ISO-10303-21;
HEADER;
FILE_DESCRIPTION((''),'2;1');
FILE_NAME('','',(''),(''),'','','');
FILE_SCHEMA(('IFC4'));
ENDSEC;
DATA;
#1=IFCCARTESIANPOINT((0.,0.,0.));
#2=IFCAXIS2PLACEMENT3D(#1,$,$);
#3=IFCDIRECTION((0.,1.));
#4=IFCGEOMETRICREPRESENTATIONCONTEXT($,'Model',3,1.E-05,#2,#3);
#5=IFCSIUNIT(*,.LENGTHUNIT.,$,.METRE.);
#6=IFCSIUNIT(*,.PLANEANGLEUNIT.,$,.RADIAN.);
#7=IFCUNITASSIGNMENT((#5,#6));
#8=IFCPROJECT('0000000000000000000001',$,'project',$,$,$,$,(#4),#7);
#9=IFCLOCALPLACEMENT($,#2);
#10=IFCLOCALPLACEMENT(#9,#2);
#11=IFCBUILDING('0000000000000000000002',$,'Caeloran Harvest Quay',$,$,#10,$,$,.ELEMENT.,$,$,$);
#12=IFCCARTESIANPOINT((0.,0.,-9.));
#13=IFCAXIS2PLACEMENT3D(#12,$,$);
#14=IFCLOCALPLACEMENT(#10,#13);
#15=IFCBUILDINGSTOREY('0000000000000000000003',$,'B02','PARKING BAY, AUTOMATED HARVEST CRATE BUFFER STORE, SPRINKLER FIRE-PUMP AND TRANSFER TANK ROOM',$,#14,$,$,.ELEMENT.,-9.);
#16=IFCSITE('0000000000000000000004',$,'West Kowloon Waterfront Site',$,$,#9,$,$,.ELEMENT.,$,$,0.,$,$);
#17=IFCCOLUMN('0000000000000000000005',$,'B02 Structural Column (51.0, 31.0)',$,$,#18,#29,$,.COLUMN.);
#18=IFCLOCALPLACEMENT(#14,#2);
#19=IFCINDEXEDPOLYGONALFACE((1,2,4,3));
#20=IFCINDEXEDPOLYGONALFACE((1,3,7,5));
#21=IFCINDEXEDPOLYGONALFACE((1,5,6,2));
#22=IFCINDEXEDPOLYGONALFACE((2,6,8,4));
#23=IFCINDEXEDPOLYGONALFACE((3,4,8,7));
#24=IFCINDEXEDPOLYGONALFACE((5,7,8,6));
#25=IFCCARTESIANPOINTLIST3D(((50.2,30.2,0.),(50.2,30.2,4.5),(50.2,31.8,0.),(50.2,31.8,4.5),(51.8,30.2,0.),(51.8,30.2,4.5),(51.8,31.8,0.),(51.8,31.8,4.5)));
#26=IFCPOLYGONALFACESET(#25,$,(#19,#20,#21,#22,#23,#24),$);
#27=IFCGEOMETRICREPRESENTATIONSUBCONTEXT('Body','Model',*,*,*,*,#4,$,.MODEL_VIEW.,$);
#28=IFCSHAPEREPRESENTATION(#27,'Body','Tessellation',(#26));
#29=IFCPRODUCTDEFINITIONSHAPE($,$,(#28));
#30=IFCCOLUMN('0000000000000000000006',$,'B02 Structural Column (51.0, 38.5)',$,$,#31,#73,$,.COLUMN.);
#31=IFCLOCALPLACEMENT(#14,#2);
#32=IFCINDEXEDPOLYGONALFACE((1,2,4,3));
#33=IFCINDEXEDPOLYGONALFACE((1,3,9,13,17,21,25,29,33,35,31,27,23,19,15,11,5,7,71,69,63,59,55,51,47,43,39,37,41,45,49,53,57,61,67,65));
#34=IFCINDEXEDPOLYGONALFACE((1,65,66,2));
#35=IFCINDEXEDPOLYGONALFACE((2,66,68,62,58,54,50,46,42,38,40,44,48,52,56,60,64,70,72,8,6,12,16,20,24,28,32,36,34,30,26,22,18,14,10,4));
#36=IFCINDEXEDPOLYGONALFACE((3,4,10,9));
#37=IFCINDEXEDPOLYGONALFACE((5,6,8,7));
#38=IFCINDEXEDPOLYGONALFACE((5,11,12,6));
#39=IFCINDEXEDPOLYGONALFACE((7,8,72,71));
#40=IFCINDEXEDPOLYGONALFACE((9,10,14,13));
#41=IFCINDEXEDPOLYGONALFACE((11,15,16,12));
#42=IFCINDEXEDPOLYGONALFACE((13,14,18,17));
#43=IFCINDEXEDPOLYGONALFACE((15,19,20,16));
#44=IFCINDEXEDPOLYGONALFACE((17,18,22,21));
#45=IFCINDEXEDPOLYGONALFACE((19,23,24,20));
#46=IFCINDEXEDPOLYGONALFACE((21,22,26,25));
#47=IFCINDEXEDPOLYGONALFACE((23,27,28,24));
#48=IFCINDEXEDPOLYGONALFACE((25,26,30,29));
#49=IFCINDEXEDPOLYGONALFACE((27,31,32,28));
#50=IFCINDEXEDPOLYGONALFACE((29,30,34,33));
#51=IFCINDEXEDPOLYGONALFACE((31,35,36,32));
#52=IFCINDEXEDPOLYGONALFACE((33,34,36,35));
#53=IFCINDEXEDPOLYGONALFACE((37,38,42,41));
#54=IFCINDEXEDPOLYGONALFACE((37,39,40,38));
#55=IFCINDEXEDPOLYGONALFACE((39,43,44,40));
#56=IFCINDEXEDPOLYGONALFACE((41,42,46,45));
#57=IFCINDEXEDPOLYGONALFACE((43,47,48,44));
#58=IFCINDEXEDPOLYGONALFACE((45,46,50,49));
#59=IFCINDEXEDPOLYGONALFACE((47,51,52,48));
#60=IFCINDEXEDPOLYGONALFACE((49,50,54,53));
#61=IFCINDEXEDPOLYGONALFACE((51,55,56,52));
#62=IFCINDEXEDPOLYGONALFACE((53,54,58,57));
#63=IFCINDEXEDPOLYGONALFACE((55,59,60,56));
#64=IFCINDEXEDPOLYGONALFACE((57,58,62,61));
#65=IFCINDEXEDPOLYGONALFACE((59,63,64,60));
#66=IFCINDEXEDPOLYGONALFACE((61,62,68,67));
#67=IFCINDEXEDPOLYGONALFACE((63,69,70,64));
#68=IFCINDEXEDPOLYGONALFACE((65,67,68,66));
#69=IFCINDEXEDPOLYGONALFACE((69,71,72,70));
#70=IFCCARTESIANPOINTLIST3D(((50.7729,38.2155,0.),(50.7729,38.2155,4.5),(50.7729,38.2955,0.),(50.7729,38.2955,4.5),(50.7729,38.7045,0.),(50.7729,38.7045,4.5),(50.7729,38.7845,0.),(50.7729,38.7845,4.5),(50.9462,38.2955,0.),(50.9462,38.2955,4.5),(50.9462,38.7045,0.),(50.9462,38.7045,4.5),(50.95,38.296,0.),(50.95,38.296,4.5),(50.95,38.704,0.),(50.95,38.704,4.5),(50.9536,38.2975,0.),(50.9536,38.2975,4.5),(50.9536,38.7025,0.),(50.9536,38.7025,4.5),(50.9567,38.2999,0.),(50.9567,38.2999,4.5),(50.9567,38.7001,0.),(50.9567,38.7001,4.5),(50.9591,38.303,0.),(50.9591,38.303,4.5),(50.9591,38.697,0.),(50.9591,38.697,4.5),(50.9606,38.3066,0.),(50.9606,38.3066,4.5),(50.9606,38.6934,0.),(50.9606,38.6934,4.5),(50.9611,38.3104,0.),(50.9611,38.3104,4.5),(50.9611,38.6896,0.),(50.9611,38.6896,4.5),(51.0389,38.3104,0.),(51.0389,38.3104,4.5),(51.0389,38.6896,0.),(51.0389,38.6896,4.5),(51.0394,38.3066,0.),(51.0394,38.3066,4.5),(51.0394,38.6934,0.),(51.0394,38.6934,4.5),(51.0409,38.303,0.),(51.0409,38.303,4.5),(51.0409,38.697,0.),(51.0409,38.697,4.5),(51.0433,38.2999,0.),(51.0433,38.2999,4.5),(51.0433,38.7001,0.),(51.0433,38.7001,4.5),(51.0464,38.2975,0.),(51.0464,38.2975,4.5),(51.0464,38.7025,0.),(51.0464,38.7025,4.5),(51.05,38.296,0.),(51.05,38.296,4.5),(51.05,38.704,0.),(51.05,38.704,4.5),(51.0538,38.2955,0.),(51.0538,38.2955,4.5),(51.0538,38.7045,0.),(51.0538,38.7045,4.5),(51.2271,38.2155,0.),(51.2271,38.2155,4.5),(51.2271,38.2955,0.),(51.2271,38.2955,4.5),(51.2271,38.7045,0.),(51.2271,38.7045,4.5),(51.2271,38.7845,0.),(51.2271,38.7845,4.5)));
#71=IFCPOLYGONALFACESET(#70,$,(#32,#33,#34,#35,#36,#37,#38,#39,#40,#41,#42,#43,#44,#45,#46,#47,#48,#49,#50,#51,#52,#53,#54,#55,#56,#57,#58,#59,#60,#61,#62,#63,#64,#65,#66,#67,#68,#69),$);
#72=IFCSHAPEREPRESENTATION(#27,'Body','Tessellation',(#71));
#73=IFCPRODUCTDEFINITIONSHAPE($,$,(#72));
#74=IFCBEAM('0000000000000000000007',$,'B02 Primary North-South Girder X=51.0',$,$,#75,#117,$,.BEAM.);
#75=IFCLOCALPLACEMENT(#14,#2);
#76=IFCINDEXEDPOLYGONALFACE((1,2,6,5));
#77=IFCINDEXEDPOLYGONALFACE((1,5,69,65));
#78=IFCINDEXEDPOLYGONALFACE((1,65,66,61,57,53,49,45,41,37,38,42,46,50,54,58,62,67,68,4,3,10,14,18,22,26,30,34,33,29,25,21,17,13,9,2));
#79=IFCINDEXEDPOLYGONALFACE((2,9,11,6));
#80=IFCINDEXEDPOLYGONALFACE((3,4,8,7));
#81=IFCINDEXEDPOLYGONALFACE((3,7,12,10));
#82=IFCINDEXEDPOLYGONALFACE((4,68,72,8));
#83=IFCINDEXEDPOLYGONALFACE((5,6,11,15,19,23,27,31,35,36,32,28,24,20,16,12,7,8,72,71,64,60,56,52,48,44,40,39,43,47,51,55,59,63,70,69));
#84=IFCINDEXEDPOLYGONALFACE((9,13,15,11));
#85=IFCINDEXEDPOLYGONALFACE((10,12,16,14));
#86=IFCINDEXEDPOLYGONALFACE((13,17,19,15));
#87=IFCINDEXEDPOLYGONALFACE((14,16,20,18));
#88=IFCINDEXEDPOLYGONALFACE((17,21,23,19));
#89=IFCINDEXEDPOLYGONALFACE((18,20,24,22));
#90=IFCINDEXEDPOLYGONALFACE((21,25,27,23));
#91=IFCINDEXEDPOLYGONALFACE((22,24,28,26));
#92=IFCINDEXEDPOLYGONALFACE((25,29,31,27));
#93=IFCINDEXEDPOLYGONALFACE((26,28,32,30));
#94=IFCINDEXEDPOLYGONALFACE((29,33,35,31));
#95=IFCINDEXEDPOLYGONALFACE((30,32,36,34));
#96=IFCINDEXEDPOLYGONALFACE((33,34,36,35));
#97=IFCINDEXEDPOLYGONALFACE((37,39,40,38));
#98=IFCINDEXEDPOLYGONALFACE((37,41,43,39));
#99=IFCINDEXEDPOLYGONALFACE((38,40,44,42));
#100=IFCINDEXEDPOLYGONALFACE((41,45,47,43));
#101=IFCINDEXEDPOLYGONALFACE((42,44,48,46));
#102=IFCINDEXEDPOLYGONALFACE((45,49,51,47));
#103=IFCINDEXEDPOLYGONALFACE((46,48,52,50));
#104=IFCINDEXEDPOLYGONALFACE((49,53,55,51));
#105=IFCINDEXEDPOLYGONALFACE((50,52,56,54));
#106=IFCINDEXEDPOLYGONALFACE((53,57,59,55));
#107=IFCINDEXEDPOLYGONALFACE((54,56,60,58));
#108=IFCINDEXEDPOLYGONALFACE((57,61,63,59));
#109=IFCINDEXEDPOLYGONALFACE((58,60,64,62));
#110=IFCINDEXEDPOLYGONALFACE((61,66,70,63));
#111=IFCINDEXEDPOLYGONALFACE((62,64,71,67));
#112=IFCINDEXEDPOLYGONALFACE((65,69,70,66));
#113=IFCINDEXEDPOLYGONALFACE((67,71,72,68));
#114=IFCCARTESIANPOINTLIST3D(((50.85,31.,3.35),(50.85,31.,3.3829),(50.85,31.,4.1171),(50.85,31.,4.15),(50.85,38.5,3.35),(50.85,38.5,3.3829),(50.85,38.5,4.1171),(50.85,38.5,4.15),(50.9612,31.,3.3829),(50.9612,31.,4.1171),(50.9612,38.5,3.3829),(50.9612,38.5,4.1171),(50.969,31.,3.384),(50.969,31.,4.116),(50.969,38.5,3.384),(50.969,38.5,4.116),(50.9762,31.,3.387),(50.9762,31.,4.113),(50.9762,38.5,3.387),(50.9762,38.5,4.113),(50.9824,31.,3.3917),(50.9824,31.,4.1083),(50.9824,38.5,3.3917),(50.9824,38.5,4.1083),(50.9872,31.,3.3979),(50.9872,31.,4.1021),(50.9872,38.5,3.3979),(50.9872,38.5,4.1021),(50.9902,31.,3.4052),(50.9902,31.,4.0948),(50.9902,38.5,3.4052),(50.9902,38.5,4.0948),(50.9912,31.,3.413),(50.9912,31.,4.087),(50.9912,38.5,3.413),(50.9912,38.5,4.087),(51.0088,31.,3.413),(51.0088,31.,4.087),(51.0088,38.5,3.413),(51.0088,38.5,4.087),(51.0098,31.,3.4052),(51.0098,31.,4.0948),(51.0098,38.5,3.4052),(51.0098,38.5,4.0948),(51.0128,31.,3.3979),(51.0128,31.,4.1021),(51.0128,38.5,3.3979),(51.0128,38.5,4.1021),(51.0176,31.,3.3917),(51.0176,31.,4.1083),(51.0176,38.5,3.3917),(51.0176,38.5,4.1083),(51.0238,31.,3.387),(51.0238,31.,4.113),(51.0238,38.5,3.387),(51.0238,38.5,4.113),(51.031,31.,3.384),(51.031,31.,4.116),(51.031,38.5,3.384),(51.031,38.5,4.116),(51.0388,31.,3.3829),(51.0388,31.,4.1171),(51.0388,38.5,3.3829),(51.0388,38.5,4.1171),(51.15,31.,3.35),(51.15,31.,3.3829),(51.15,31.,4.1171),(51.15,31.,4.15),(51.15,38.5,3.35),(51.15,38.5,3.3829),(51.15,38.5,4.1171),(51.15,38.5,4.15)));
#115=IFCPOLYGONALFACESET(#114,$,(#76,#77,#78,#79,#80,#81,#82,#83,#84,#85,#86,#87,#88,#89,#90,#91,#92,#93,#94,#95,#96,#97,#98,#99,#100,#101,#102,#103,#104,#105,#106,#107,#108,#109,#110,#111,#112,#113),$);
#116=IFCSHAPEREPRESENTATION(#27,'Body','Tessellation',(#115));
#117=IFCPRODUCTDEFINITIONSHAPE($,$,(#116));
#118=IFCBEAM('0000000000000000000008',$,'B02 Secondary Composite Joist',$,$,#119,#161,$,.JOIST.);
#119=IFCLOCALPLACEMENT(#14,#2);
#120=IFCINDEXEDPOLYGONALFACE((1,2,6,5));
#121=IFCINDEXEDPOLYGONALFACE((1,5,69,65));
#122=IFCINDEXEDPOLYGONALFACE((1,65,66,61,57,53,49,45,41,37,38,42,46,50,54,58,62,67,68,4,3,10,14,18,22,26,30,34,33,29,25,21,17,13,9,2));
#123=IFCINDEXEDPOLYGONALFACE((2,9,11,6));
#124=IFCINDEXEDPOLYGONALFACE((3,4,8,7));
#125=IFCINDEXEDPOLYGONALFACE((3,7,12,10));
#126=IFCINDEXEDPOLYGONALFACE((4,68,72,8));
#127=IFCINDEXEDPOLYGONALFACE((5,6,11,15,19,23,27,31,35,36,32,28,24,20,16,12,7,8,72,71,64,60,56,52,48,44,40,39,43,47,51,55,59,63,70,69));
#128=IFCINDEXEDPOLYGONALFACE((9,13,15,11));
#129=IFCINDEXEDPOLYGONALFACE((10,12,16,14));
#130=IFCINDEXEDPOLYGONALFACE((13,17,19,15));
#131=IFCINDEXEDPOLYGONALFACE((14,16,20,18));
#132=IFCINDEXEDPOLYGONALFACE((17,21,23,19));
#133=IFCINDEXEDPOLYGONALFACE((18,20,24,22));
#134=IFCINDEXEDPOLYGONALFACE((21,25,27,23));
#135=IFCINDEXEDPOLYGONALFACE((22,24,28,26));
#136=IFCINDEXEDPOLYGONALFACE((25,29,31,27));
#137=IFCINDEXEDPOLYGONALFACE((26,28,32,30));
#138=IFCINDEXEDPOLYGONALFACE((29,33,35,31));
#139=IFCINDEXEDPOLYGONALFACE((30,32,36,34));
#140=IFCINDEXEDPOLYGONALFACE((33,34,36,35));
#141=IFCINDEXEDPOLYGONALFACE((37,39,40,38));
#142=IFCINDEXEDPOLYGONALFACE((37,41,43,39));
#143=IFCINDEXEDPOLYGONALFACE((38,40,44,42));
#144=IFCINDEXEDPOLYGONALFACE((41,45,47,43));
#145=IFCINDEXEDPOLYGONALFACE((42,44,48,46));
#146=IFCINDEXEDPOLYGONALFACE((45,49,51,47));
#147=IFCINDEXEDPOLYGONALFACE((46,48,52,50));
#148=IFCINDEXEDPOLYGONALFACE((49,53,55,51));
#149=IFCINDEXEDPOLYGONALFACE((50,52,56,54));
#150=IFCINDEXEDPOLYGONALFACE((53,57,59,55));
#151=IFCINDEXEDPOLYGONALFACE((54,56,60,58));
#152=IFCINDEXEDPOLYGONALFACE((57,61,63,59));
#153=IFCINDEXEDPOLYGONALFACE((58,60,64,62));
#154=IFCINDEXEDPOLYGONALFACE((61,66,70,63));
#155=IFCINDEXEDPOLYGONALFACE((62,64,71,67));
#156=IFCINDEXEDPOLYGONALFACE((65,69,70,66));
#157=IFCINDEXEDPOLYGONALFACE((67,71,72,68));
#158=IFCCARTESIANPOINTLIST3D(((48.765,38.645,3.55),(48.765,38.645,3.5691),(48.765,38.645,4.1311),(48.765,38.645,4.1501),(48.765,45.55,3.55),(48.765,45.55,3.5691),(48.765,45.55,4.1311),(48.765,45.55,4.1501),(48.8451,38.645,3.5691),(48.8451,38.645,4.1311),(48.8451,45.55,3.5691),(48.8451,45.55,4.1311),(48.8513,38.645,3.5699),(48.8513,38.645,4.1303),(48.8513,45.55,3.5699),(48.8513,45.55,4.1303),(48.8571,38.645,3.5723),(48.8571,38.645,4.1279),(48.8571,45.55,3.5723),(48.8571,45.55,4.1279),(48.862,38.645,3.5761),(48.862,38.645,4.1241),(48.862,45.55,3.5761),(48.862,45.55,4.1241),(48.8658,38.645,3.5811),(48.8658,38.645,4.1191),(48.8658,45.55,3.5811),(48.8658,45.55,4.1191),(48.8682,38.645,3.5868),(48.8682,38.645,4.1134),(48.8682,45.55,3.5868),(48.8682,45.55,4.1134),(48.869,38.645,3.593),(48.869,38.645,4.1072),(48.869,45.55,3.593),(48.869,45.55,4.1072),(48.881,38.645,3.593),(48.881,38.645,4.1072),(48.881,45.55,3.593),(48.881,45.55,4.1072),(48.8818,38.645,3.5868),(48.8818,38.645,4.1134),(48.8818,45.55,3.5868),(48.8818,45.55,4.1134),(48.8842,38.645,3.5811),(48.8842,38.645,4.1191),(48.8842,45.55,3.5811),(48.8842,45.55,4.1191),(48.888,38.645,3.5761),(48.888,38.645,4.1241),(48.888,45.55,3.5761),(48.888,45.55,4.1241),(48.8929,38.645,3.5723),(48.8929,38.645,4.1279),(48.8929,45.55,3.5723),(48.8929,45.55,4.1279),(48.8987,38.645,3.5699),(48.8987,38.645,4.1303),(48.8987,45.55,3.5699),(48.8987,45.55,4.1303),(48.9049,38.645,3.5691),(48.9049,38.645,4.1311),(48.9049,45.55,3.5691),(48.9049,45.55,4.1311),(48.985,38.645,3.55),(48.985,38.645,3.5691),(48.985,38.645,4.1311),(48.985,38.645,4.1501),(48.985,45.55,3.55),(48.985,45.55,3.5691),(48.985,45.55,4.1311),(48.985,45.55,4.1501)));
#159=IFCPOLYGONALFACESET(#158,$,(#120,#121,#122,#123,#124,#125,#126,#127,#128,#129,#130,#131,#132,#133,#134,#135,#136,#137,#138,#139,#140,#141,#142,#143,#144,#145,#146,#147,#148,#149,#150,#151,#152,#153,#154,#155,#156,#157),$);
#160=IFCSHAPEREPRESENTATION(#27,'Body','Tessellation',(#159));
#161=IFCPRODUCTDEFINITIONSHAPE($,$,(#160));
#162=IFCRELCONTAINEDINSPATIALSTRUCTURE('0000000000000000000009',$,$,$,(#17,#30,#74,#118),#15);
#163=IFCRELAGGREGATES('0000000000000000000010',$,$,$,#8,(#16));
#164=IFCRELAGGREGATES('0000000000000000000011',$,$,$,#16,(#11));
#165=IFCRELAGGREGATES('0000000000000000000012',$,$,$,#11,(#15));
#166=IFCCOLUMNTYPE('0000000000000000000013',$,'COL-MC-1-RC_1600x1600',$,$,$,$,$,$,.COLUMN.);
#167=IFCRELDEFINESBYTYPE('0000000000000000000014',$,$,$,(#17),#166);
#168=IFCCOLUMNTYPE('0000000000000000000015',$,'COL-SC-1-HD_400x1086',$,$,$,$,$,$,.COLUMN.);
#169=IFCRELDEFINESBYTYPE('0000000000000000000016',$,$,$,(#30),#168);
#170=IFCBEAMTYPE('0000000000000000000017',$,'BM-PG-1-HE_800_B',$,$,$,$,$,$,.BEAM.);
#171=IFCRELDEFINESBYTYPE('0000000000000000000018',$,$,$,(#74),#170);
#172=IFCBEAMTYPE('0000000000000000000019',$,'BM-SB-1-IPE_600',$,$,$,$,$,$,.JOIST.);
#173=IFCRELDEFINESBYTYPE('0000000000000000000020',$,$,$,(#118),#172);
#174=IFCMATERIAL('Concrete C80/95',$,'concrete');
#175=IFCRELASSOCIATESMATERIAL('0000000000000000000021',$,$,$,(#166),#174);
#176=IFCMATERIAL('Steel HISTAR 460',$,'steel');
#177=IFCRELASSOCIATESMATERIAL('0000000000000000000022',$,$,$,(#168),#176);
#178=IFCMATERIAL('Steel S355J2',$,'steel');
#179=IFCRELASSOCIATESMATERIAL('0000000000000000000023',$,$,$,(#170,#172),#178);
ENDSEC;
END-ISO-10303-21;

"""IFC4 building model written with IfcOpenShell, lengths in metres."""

from ifc_helpers import new_model, si_unit, direction, frame, origin, origin_2d, place, context, subcontext, project, spatial, rectangle, i_section, extrude, material, material_profile, profile_set, type_object, element, save


model = new_model("IFC4")

# Units and contexts
model_context = context("Model", 3, precision=1e-05, world=origin(), true_north=direction((0.0, 1.0)))
body_context = subcontext(model_context, "Body", "Model", "MODEL_VIEW")
ifc_project = project(units=[si_unit("LENGTHUNIT", "METRE"), si_unit("PLANEANGLEUNIT", "RADIAN")], contexts=[model_context])

# Site, building, storey
site_placement = place(None, origin())
site = spatial("IfcSite", under=ifc_project, at=site_placement, Name="West Kowloon Waterfront Site", CompositionType="ELEMENT", RefElevation=0.0)
building_placement = place(site_placement, origin())
building = spatial("IfcBuilding", under=site, at=building_placement, Name="Caeloran Harvest Quay", CompositionType="ELEMENT")
storey_placement = place(building_placement, frame((0.0, 0.0, -9.0)))
storey = spatial("IfcBuildingStorey", under=building, at=storey_placement, Name="B02", Description="PARKING BAY, AUTOMATED HARVEST CRATE BUFFER STORE, SPRINKLER FIRE-PUMP AND TRANSFER TANK ROOM", CompositionType="ELEMENT", Elevation=-9.0)

# Columns
ifc_material_1 = material(Name="Concrete C80/95", Category="concrete")
ifc_material_profile_1 = material_profile(ifc_material_1, rectangle(XDim=1.6001, YDim=1.6001, at=origin_2d()), Name="RC 1600x1600")
ifc_profile_set_1 = profile_set([ifc_material_profile_1], Name="Concrete C80/95")
column_type_1 = type_object("IfcColumnType", Name="COL-MC-1-RC_1600x1600", PredefinedType="COLUMN", material=ifc_profile_set_1)
column_1_placement = place(storey_placement, frame((51.0, 31.0, 0.0), z_axis=(0.0, 0.0, 1.0), x_axis=(1.0, 0.0, 0.0)))
element("IfcColumn", 1, at=column_1_placement, inside=storey, type_object=column_type_1, Name="B02 Structural Column (51.0, 31.0)", PredefinedType="COLUMN", context=body_context, shape_type="SweptSolid", body=[
    extrude(rectangle(XDim=1.6001, YDim=1.6001, at=origin_2d()), origin(), (0.0, 0.0, 1.0), 4.5),
])
ifc_material_2 = material(Name="Steel HISTAR 460", Category="steel")
ifc_material_profile_2 = material_profile(ifc_material_2, i_section(OverallWidth=0.4541, OverallDepth=0.5691, WebThickness=0.0779, FlangeThickness=0.0801, FilletRadius=0.0149, at=origin_2d()), Name="HD 400x1086")
ifc_profile_set_2 = profile_set([ifc_material_profile_2], Name="Steel HISTAR 460")
column_type_2 = type_object("IfcColumnType", Name="COL-SC-1-HD_400x1086", PredefinedType="COLUMN", material=ifc_profile_set_2)
column_2_placement = place(storey_placement, frame((51.0, 38.5, 0.0), z_axis=(0.0, 0.0, 1.0), x_axis=(1.0, 0.0, 0.0)))
element("IfcColumn", 2, at=column_2_placement, inside=storey, type_object=column_type_2, Name="B02 Structural Column (51.0, 38.5)", PredefinedType="COLUMN", context=body_context, shape_type="SweptSolid", body=[
    extrude(i_section(OverallWidth=0.4541, OverallDepth=0.5691, WebThickness=0.0779, FlangeThickness=0.0801, FilletRadius=0.0149, at=origin_2d()), origin(), (0.0, 0.0, 1.0), 4.5),
])

# Beams
ifc_material_3 = material(Name="Steel S355J2", Category="steel")
ifc_material_profile_3 = material_profile(ifc_material_3, i_section(OverallWidth=0.3, OverallDepth=0.8, WebThickness=0.0176, FlangeThickness=0.033, FilletRadius=0.03, at=origin_2d()), Name="HE 800 B")
ifc_profile_set_3 = profile_set([ifc_material_profile_3], Name="Steel S355J2")
beam_type_1 = type_object("IfcBeamType", Name="BM-PG-1-HE_800_B", PredefinedType="BEAM", material=ifc_profile_set_3)
beam_1_placement = place(storey_placement, frame((51.0, 31.0, 3.75), z_axis=(0.0, 1.0, 0.0), x_axis=(-1.0, 0.0, 0.0)))
element("IfcBeam", 3, at=beam_1_placement, inside=storey, type_object=beam_type_1, Name="B02 Primary North-South Girder X=51.0", PredefinedType="BEAM", context=body_context, shape_type="SweptSolid", body=[
    extrude(i_section(OverallWidth=0.3, OverallDepth=0.8, WebThickness=0.0176, FlangeThickness=0.033, FilletRadius=0.03, at=origin_2d()), origin(), (0.0, 0.0, 1.0), 7.5),
])
ifc_material_profile_4 = material_profile(ifc_material_3, i_section(OverallWidth=0.22, OverallDepth=0.6001, WebThickness=0.012, FlangeThickness=0.019, FilletRadius=0.0239, at=origin_2d()), Name="IPE 600")
ifc_profile_set_4 = profile_set([ifc_material_profile_4], Name="Steel S355J2")
beam_type_2 = type_object("IfcBeamType", Name="BM-SB-1-IPE_600", PredefinedType="JOIST", material=ifc_profile_set_4)
for number, where, z_axis, x_axis, name in (
    (4, (48.875, 38.645, 3.8501), (0.0, 1.0, 0.0), (-1.0, 0.0, 0.0), "B02 Secondary Composite Joist"),
):
    element("IfcBeam", number, at=place(storey_placement, frame(where, z_axis=z_axis, x_axis=x_axis)), inside=storey, type_object=beam_type_2, Name=name, PredefinedType="JOIST", context=body_context, shape_type="SweptSolid", body=[
        extrude(i_section(OverallWidth=0.22, OverallDepth=0.6001, WebThickness=0.012, FlangeThickness=0.019, FilletRadius=0.0239, at=origin_2d()), origin(), (0.0, 0.0, 1.0), 6.905),
    ])

save(model, "model.ifc")
